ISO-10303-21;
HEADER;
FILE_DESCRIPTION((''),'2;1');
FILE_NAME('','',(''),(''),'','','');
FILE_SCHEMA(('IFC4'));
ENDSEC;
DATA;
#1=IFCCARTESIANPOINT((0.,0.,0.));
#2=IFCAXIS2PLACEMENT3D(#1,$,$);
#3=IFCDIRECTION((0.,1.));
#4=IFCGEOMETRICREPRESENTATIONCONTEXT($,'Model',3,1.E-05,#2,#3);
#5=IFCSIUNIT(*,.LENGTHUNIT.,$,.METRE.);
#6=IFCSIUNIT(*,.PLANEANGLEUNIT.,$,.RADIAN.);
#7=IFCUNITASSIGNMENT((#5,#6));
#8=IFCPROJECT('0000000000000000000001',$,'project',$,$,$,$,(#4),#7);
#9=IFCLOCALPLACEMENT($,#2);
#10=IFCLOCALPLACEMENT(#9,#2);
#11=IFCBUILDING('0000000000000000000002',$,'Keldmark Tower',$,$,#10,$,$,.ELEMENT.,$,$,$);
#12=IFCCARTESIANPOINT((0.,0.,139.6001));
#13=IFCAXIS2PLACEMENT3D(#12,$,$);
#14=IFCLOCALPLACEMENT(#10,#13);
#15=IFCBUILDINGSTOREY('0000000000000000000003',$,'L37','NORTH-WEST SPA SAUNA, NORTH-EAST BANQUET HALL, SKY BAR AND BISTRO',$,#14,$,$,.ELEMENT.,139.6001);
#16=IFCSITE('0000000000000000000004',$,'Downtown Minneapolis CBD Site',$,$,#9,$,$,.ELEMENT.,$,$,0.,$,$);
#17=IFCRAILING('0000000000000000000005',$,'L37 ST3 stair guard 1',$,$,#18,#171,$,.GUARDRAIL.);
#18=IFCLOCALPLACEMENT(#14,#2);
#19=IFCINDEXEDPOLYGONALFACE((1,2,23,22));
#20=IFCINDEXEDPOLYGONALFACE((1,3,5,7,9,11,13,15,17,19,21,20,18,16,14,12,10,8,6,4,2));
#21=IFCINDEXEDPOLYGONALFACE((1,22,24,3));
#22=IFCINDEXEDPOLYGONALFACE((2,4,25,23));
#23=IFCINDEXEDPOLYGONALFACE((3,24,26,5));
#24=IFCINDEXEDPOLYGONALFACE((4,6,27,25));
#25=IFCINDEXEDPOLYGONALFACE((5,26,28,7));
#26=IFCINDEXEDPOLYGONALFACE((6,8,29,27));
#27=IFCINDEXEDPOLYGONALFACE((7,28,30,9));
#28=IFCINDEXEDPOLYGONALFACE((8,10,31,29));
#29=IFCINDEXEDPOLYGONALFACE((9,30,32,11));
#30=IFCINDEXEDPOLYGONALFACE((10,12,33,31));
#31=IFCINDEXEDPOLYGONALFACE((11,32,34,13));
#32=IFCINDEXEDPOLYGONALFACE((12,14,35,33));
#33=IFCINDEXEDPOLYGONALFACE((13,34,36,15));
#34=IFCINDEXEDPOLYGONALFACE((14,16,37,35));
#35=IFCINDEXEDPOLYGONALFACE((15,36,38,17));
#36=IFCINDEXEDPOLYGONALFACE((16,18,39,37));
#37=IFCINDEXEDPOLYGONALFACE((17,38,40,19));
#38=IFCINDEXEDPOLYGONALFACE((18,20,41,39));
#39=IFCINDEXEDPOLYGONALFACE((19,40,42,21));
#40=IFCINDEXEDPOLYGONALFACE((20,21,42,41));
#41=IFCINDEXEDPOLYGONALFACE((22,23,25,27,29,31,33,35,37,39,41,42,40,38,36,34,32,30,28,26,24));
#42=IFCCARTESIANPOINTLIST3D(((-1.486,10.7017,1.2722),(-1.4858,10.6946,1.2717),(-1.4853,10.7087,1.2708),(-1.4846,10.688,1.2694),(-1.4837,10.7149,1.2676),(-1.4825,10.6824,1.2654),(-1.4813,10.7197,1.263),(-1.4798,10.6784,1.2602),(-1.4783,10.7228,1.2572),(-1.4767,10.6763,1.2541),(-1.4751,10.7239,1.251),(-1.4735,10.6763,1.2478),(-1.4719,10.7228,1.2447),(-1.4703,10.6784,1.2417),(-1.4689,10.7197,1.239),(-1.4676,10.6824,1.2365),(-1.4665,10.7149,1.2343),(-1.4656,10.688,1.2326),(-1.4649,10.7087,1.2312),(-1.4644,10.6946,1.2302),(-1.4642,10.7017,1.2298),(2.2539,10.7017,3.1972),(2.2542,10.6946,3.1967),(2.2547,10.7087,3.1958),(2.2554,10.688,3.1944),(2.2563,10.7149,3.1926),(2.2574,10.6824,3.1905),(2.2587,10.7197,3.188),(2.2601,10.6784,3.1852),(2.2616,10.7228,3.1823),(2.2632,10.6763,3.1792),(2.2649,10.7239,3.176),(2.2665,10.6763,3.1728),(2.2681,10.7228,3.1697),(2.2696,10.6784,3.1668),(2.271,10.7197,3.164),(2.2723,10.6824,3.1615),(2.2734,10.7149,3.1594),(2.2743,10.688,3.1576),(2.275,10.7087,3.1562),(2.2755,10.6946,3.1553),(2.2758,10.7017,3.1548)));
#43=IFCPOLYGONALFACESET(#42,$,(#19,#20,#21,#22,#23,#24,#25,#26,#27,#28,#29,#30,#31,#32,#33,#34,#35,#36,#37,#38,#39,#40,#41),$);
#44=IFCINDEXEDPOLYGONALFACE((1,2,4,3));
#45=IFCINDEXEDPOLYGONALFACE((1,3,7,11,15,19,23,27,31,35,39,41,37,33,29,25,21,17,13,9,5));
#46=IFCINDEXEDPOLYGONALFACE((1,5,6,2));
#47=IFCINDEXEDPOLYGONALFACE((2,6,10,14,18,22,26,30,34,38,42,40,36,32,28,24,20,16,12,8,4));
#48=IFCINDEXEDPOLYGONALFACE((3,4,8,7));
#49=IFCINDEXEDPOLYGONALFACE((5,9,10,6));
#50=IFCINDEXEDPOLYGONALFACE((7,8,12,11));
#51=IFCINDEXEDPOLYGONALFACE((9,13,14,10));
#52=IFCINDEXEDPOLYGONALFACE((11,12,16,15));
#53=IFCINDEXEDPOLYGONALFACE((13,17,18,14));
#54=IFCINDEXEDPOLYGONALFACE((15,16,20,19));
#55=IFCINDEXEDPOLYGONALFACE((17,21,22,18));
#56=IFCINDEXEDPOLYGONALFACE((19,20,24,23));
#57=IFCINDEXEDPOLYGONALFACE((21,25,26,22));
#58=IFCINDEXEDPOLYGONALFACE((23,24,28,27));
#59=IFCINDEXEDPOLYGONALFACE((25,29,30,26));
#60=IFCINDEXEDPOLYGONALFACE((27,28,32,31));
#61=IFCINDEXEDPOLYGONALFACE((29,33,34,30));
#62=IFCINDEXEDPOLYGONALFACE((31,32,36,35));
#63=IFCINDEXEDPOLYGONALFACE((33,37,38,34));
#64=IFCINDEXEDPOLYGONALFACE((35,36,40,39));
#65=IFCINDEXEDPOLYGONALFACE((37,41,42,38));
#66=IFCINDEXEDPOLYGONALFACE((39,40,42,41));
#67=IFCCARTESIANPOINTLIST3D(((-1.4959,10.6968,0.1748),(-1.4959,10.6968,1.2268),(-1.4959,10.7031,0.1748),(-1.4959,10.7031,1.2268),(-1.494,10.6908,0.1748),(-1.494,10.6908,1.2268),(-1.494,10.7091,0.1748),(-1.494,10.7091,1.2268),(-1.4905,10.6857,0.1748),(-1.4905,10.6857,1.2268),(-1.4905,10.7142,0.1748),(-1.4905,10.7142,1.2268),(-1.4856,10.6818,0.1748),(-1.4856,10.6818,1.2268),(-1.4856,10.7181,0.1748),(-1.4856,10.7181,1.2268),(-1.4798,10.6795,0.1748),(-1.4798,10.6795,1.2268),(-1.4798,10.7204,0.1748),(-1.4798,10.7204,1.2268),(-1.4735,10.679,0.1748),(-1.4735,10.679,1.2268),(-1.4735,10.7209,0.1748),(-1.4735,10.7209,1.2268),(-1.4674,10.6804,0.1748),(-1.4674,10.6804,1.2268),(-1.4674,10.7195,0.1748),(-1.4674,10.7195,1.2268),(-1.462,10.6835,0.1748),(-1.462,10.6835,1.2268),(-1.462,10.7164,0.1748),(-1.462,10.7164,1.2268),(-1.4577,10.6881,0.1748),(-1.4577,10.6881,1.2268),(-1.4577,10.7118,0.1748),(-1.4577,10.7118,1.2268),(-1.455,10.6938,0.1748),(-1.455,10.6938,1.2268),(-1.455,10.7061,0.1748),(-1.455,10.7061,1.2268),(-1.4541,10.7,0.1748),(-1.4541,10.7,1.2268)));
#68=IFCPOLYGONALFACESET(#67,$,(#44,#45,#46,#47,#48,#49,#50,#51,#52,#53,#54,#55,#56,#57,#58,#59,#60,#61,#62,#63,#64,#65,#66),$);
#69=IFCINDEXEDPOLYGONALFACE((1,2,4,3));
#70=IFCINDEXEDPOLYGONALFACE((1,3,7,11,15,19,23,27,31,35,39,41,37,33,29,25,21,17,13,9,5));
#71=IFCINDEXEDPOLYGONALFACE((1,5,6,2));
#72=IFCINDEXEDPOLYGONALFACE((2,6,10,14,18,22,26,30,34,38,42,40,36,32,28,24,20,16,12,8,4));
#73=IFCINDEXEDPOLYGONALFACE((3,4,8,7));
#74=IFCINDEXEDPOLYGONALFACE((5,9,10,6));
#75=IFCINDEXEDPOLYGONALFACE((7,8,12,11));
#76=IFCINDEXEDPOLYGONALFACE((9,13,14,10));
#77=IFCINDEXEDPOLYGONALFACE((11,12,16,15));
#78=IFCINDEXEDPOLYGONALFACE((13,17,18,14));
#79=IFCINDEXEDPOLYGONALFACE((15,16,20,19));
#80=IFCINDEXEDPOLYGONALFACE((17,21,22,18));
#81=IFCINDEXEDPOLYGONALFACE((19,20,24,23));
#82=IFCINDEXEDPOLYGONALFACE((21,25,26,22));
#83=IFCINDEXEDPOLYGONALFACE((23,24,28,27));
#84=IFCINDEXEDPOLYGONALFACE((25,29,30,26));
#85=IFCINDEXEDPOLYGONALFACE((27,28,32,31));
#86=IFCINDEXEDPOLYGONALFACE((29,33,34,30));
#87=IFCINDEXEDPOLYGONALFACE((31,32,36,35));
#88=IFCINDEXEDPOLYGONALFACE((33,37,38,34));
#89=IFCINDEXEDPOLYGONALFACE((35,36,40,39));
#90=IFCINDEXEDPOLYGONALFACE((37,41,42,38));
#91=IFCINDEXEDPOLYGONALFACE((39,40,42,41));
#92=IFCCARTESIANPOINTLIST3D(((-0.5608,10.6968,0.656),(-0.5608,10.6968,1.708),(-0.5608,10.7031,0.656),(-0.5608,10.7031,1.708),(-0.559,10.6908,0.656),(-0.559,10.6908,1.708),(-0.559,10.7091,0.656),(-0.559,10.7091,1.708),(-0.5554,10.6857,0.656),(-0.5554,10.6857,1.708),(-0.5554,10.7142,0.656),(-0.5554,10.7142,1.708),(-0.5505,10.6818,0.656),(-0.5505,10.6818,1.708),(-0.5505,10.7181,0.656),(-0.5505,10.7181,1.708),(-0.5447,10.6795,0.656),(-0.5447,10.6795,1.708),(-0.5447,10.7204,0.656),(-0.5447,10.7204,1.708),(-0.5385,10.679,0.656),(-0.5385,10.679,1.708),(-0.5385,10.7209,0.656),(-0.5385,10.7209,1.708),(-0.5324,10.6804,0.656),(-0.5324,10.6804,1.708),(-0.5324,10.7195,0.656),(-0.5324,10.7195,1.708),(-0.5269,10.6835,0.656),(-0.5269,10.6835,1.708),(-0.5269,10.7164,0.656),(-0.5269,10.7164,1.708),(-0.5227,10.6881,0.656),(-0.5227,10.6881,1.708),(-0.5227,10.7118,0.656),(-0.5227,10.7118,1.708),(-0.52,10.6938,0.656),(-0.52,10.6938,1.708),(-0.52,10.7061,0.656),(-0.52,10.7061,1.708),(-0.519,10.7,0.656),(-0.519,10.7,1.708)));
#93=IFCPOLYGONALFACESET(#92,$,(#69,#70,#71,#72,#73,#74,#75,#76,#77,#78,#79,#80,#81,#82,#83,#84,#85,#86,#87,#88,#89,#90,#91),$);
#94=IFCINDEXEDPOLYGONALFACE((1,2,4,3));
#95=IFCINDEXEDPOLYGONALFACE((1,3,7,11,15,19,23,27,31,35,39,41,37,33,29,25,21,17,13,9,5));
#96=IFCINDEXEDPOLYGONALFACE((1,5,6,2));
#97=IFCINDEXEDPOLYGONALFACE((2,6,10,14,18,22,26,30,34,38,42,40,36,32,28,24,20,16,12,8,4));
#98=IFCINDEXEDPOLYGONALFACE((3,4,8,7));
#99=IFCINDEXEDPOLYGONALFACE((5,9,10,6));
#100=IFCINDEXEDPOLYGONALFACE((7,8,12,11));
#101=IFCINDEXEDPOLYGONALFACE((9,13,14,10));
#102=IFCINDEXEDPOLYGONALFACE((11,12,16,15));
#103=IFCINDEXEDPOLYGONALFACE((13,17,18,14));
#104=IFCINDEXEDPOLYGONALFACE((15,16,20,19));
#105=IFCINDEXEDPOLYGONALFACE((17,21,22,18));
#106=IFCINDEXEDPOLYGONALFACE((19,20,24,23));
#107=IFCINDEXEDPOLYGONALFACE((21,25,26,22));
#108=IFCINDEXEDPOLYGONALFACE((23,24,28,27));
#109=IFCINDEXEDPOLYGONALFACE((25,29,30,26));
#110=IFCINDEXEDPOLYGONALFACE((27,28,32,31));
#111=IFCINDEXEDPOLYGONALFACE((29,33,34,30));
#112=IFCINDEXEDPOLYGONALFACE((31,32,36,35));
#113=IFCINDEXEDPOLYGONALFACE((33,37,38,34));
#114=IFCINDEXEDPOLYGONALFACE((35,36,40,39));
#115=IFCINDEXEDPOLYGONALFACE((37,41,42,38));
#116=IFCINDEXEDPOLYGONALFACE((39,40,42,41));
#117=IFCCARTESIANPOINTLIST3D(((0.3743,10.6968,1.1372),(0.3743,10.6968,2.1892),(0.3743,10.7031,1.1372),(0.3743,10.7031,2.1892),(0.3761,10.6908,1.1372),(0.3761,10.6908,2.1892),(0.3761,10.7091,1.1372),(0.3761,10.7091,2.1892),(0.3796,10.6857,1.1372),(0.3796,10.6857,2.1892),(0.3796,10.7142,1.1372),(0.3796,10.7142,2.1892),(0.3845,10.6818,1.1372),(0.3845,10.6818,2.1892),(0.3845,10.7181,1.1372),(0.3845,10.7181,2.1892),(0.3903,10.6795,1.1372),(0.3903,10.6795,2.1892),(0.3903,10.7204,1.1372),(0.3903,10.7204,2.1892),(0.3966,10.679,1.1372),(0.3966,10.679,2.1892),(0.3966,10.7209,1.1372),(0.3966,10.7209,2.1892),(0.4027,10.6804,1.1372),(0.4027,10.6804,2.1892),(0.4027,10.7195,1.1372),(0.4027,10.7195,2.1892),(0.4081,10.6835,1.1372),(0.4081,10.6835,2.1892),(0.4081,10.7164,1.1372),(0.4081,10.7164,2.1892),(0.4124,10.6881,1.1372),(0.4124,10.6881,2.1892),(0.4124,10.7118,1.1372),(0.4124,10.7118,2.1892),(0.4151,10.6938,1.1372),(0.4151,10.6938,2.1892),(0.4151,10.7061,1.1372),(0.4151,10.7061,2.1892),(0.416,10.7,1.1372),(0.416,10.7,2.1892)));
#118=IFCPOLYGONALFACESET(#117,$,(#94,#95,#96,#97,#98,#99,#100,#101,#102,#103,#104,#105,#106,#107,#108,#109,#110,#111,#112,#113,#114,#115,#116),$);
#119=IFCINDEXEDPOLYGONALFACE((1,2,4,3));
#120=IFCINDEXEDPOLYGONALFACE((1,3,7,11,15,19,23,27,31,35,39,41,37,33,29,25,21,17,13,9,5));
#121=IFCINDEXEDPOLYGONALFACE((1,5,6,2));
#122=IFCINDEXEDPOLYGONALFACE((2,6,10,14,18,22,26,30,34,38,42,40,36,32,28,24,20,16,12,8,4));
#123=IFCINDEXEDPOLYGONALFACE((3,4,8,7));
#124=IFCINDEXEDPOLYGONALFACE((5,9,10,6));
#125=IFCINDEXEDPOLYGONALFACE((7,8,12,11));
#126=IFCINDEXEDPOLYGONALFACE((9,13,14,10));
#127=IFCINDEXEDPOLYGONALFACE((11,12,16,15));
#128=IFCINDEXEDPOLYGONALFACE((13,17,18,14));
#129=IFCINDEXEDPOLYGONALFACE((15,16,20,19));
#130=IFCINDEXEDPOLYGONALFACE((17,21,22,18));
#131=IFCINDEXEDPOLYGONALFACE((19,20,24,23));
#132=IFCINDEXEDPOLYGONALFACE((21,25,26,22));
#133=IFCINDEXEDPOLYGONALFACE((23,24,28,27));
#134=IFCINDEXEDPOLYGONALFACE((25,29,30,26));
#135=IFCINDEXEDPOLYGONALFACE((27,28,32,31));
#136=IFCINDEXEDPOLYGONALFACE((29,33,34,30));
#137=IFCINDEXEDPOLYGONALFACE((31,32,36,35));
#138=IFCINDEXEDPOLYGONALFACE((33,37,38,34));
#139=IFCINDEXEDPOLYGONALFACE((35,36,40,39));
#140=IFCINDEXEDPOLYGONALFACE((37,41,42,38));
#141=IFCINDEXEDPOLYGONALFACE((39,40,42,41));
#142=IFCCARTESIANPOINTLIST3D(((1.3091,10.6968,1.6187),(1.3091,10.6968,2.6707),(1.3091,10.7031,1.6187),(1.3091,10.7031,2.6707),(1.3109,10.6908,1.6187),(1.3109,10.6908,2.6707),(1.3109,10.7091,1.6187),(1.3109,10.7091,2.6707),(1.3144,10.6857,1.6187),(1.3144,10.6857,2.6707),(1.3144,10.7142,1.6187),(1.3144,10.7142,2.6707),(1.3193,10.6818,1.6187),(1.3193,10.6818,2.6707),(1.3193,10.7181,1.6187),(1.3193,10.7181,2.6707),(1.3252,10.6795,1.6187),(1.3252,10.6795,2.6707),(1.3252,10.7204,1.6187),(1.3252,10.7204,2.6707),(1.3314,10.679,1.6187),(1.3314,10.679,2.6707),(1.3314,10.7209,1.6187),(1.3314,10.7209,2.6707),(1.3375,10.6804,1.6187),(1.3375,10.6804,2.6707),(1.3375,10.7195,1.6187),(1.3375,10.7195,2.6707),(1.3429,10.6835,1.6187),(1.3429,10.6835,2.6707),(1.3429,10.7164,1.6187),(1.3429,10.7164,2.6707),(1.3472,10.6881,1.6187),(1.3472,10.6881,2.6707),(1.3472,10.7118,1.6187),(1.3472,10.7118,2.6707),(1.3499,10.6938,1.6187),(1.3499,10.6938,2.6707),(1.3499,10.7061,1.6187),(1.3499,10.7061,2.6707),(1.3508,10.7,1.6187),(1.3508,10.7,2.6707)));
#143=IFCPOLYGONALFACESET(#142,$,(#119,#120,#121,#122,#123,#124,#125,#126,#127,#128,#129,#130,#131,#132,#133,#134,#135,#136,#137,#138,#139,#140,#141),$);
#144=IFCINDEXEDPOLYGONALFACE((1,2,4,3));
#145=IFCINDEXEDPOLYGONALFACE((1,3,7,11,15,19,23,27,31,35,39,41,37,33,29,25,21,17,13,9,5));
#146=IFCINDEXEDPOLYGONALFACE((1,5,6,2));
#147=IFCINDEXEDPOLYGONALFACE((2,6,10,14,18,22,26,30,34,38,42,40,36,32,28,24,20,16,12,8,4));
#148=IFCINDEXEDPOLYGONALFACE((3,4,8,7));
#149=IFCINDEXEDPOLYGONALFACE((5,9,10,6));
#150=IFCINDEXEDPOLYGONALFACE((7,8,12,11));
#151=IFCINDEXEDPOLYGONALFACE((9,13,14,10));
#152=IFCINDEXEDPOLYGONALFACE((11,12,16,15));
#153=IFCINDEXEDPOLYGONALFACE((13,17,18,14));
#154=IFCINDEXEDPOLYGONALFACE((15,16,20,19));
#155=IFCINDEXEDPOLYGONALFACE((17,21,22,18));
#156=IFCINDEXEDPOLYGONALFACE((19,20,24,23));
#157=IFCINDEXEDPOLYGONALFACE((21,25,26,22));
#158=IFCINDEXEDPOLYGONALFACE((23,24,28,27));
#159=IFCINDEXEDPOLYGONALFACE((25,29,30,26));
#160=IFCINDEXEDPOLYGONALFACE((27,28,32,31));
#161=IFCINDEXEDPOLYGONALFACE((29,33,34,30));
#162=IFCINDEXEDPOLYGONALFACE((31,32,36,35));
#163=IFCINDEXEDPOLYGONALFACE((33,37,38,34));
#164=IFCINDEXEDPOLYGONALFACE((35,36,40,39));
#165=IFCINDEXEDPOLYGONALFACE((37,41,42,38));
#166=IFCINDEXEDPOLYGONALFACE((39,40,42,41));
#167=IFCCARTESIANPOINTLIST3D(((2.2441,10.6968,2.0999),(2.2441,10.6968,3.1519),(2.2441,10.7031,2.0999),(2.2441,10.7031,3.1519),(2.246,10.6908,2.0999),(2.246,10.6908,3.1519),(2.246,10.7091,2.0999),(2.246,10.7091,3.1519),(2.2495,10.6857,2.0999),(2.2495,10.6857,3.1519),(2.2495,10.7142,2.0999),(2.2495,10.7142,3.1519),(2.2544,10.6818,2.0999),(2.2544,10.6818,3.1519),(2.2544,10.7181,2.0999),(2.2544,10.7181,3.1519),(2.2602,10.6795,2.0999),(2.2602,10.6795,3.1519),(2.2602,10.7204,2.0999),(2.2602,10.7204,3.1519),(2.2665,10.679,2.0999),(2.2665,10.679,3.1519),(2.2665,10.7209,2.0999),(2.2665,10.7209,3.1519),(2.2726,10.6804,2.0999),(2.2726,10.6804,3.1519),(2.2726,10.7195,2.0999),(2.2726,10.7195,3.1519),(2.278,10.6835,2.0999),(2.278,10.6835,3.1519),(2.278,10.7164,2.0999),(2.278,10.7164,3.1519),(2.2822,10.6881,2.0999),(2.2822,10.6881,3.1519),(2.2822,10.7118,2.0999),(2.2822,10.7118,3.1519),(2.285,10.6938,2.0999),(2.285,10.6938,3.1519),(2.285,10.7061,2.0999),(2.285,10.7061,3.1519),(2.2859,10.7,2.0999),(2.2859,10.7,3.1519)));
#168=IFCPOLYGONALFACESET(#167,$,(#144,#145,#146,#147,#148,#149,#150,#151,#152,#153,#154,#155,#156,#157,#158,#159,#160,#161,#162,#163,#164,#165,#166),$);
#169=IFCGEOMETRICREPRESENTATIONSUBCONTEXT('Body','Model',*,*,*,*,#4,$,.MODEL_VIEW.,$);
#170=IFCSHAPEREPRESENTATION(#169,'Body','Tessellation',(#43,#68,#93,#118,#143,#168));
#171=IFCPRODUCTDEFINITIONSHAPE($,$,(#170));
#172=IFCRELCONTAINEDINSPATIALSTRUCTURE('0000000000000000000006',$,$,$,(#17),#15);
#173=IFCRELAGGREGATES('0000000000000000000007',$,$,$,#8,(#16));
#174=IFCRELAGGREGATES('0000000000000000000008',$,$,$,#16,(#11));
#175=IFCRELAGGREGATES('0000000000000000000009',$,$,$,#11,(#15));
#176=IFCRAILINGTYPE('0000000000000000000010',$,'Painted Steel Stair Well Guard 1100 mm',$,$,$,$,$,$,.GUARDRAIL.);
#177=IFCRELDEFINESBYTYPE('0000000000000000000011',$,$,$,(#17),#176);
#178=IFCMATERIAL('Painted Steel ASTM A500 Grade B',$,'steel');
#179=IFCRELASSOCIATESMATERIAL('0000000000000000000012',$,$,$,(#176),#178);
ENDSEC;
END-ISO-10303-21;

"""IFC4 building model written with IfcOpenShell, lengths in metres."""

from ifc_helpers import new_model, si_unit, direction, frame, origin, origin_2d, place, context, subcontext, project, spatial, circle, extrude, material, type_object, element, save


model = new_model("IFC4")

# Units and contexts
model_context = context("Model", 3, precision=1e-05, world=origin(), true_north=direction((0.0, 1.0)))
body_context = subcontext(model_context, "Body", "Model", "MODEL_VIEW")
ifc_project = project(units=[si_unit("LENGTHUNIT", "METRE"), si_unit("PLANEANGLEUNIT", "RADIAN")], contexts=[model_context])

# Site, building, storey
site_placement = place(None, origin())
site = spatial("IfcSite", under=ifc_project, at=site_placement, Name="Downtown Minneapolis CBD Site", CompositionType="ELEMENT", RefElevation=0.0)
building_placement = place(site_placement, origin())
building = spatial("IfcBuilding", under=site, at=building_placement, Name="Keldmark Tower", CompositionType="ELEMENT")
storey_placement = place(building_placement, frame((0.0, 0.0, 139.6001)))
storey = spatial("IfcBuildingStorey", under=building, at=storey_placement, Name="L37", Description="NORTH-WEST SPA SAUNA, NORTH-EAST BANQUET HALL, SKY BAR AND BISTRO", CompositionType="ELEMENT", Elevation=139.6001)

# Railing
ifc_material_1 = material(Name="Painted Steel ASTM A500 Grade B", Category="steel")
railing_type_1 = type_object("IfcRailingType", Name="Painted Steel Stair Well Guard 1100 mm", PredefinedType="GUARDRAIL", material=ifc_material_1)
railing_1_placement = place(storey_placement, frame((-1.4751, 10.7, 0.1748)))
element("IfcRailing", 1, at=railing_1_placement, inside=storey, type_object=railing_type_1, Name="L37 ST3 stair guard 1", PredefinedType="GUARDRAIL", context=body_context, shape_type="SweptSolid", body=[
    extrude(circle(Radius=0.0239, at=origin_2d()), frame((0.0, 0.0, 1.0762), z_axis=(0.889131, 0.0, 0.457654), x_axis=(0.0, 1.0, 0.0)), (0.0, 0.0, 1.0), 4.2063),
    extrude(circle(Radius=0.021, at=origin_2d()), origin(), (0.0, 0.0, 1.0), 1.052),
    extrude(circle(Radius=0.021, at=origin_2d()), frame((0.9351, 0.0, 0.4812)), (0.0, 0.0, 1.0), 1.052),
    extrude(circle(Radius=0.021, at=origin_2d()), frame((1.8701, 0.0, 0.9624)), (0.0, 0.0, 1.0), 1.052),
    extrude(circle(Radius=0.021, at=origin_2d()), frame((2.8049, 0.0, 1.4438)), (0.0, 0.0, 1.0), 1.052),
    extrude(circle(Radius=0.021, at=origin_2d()), frame((3.74, 0.0, 1.925)), (0.0, 0.0, 1.0), 1.052),
])

save(model, "model.ifc")
